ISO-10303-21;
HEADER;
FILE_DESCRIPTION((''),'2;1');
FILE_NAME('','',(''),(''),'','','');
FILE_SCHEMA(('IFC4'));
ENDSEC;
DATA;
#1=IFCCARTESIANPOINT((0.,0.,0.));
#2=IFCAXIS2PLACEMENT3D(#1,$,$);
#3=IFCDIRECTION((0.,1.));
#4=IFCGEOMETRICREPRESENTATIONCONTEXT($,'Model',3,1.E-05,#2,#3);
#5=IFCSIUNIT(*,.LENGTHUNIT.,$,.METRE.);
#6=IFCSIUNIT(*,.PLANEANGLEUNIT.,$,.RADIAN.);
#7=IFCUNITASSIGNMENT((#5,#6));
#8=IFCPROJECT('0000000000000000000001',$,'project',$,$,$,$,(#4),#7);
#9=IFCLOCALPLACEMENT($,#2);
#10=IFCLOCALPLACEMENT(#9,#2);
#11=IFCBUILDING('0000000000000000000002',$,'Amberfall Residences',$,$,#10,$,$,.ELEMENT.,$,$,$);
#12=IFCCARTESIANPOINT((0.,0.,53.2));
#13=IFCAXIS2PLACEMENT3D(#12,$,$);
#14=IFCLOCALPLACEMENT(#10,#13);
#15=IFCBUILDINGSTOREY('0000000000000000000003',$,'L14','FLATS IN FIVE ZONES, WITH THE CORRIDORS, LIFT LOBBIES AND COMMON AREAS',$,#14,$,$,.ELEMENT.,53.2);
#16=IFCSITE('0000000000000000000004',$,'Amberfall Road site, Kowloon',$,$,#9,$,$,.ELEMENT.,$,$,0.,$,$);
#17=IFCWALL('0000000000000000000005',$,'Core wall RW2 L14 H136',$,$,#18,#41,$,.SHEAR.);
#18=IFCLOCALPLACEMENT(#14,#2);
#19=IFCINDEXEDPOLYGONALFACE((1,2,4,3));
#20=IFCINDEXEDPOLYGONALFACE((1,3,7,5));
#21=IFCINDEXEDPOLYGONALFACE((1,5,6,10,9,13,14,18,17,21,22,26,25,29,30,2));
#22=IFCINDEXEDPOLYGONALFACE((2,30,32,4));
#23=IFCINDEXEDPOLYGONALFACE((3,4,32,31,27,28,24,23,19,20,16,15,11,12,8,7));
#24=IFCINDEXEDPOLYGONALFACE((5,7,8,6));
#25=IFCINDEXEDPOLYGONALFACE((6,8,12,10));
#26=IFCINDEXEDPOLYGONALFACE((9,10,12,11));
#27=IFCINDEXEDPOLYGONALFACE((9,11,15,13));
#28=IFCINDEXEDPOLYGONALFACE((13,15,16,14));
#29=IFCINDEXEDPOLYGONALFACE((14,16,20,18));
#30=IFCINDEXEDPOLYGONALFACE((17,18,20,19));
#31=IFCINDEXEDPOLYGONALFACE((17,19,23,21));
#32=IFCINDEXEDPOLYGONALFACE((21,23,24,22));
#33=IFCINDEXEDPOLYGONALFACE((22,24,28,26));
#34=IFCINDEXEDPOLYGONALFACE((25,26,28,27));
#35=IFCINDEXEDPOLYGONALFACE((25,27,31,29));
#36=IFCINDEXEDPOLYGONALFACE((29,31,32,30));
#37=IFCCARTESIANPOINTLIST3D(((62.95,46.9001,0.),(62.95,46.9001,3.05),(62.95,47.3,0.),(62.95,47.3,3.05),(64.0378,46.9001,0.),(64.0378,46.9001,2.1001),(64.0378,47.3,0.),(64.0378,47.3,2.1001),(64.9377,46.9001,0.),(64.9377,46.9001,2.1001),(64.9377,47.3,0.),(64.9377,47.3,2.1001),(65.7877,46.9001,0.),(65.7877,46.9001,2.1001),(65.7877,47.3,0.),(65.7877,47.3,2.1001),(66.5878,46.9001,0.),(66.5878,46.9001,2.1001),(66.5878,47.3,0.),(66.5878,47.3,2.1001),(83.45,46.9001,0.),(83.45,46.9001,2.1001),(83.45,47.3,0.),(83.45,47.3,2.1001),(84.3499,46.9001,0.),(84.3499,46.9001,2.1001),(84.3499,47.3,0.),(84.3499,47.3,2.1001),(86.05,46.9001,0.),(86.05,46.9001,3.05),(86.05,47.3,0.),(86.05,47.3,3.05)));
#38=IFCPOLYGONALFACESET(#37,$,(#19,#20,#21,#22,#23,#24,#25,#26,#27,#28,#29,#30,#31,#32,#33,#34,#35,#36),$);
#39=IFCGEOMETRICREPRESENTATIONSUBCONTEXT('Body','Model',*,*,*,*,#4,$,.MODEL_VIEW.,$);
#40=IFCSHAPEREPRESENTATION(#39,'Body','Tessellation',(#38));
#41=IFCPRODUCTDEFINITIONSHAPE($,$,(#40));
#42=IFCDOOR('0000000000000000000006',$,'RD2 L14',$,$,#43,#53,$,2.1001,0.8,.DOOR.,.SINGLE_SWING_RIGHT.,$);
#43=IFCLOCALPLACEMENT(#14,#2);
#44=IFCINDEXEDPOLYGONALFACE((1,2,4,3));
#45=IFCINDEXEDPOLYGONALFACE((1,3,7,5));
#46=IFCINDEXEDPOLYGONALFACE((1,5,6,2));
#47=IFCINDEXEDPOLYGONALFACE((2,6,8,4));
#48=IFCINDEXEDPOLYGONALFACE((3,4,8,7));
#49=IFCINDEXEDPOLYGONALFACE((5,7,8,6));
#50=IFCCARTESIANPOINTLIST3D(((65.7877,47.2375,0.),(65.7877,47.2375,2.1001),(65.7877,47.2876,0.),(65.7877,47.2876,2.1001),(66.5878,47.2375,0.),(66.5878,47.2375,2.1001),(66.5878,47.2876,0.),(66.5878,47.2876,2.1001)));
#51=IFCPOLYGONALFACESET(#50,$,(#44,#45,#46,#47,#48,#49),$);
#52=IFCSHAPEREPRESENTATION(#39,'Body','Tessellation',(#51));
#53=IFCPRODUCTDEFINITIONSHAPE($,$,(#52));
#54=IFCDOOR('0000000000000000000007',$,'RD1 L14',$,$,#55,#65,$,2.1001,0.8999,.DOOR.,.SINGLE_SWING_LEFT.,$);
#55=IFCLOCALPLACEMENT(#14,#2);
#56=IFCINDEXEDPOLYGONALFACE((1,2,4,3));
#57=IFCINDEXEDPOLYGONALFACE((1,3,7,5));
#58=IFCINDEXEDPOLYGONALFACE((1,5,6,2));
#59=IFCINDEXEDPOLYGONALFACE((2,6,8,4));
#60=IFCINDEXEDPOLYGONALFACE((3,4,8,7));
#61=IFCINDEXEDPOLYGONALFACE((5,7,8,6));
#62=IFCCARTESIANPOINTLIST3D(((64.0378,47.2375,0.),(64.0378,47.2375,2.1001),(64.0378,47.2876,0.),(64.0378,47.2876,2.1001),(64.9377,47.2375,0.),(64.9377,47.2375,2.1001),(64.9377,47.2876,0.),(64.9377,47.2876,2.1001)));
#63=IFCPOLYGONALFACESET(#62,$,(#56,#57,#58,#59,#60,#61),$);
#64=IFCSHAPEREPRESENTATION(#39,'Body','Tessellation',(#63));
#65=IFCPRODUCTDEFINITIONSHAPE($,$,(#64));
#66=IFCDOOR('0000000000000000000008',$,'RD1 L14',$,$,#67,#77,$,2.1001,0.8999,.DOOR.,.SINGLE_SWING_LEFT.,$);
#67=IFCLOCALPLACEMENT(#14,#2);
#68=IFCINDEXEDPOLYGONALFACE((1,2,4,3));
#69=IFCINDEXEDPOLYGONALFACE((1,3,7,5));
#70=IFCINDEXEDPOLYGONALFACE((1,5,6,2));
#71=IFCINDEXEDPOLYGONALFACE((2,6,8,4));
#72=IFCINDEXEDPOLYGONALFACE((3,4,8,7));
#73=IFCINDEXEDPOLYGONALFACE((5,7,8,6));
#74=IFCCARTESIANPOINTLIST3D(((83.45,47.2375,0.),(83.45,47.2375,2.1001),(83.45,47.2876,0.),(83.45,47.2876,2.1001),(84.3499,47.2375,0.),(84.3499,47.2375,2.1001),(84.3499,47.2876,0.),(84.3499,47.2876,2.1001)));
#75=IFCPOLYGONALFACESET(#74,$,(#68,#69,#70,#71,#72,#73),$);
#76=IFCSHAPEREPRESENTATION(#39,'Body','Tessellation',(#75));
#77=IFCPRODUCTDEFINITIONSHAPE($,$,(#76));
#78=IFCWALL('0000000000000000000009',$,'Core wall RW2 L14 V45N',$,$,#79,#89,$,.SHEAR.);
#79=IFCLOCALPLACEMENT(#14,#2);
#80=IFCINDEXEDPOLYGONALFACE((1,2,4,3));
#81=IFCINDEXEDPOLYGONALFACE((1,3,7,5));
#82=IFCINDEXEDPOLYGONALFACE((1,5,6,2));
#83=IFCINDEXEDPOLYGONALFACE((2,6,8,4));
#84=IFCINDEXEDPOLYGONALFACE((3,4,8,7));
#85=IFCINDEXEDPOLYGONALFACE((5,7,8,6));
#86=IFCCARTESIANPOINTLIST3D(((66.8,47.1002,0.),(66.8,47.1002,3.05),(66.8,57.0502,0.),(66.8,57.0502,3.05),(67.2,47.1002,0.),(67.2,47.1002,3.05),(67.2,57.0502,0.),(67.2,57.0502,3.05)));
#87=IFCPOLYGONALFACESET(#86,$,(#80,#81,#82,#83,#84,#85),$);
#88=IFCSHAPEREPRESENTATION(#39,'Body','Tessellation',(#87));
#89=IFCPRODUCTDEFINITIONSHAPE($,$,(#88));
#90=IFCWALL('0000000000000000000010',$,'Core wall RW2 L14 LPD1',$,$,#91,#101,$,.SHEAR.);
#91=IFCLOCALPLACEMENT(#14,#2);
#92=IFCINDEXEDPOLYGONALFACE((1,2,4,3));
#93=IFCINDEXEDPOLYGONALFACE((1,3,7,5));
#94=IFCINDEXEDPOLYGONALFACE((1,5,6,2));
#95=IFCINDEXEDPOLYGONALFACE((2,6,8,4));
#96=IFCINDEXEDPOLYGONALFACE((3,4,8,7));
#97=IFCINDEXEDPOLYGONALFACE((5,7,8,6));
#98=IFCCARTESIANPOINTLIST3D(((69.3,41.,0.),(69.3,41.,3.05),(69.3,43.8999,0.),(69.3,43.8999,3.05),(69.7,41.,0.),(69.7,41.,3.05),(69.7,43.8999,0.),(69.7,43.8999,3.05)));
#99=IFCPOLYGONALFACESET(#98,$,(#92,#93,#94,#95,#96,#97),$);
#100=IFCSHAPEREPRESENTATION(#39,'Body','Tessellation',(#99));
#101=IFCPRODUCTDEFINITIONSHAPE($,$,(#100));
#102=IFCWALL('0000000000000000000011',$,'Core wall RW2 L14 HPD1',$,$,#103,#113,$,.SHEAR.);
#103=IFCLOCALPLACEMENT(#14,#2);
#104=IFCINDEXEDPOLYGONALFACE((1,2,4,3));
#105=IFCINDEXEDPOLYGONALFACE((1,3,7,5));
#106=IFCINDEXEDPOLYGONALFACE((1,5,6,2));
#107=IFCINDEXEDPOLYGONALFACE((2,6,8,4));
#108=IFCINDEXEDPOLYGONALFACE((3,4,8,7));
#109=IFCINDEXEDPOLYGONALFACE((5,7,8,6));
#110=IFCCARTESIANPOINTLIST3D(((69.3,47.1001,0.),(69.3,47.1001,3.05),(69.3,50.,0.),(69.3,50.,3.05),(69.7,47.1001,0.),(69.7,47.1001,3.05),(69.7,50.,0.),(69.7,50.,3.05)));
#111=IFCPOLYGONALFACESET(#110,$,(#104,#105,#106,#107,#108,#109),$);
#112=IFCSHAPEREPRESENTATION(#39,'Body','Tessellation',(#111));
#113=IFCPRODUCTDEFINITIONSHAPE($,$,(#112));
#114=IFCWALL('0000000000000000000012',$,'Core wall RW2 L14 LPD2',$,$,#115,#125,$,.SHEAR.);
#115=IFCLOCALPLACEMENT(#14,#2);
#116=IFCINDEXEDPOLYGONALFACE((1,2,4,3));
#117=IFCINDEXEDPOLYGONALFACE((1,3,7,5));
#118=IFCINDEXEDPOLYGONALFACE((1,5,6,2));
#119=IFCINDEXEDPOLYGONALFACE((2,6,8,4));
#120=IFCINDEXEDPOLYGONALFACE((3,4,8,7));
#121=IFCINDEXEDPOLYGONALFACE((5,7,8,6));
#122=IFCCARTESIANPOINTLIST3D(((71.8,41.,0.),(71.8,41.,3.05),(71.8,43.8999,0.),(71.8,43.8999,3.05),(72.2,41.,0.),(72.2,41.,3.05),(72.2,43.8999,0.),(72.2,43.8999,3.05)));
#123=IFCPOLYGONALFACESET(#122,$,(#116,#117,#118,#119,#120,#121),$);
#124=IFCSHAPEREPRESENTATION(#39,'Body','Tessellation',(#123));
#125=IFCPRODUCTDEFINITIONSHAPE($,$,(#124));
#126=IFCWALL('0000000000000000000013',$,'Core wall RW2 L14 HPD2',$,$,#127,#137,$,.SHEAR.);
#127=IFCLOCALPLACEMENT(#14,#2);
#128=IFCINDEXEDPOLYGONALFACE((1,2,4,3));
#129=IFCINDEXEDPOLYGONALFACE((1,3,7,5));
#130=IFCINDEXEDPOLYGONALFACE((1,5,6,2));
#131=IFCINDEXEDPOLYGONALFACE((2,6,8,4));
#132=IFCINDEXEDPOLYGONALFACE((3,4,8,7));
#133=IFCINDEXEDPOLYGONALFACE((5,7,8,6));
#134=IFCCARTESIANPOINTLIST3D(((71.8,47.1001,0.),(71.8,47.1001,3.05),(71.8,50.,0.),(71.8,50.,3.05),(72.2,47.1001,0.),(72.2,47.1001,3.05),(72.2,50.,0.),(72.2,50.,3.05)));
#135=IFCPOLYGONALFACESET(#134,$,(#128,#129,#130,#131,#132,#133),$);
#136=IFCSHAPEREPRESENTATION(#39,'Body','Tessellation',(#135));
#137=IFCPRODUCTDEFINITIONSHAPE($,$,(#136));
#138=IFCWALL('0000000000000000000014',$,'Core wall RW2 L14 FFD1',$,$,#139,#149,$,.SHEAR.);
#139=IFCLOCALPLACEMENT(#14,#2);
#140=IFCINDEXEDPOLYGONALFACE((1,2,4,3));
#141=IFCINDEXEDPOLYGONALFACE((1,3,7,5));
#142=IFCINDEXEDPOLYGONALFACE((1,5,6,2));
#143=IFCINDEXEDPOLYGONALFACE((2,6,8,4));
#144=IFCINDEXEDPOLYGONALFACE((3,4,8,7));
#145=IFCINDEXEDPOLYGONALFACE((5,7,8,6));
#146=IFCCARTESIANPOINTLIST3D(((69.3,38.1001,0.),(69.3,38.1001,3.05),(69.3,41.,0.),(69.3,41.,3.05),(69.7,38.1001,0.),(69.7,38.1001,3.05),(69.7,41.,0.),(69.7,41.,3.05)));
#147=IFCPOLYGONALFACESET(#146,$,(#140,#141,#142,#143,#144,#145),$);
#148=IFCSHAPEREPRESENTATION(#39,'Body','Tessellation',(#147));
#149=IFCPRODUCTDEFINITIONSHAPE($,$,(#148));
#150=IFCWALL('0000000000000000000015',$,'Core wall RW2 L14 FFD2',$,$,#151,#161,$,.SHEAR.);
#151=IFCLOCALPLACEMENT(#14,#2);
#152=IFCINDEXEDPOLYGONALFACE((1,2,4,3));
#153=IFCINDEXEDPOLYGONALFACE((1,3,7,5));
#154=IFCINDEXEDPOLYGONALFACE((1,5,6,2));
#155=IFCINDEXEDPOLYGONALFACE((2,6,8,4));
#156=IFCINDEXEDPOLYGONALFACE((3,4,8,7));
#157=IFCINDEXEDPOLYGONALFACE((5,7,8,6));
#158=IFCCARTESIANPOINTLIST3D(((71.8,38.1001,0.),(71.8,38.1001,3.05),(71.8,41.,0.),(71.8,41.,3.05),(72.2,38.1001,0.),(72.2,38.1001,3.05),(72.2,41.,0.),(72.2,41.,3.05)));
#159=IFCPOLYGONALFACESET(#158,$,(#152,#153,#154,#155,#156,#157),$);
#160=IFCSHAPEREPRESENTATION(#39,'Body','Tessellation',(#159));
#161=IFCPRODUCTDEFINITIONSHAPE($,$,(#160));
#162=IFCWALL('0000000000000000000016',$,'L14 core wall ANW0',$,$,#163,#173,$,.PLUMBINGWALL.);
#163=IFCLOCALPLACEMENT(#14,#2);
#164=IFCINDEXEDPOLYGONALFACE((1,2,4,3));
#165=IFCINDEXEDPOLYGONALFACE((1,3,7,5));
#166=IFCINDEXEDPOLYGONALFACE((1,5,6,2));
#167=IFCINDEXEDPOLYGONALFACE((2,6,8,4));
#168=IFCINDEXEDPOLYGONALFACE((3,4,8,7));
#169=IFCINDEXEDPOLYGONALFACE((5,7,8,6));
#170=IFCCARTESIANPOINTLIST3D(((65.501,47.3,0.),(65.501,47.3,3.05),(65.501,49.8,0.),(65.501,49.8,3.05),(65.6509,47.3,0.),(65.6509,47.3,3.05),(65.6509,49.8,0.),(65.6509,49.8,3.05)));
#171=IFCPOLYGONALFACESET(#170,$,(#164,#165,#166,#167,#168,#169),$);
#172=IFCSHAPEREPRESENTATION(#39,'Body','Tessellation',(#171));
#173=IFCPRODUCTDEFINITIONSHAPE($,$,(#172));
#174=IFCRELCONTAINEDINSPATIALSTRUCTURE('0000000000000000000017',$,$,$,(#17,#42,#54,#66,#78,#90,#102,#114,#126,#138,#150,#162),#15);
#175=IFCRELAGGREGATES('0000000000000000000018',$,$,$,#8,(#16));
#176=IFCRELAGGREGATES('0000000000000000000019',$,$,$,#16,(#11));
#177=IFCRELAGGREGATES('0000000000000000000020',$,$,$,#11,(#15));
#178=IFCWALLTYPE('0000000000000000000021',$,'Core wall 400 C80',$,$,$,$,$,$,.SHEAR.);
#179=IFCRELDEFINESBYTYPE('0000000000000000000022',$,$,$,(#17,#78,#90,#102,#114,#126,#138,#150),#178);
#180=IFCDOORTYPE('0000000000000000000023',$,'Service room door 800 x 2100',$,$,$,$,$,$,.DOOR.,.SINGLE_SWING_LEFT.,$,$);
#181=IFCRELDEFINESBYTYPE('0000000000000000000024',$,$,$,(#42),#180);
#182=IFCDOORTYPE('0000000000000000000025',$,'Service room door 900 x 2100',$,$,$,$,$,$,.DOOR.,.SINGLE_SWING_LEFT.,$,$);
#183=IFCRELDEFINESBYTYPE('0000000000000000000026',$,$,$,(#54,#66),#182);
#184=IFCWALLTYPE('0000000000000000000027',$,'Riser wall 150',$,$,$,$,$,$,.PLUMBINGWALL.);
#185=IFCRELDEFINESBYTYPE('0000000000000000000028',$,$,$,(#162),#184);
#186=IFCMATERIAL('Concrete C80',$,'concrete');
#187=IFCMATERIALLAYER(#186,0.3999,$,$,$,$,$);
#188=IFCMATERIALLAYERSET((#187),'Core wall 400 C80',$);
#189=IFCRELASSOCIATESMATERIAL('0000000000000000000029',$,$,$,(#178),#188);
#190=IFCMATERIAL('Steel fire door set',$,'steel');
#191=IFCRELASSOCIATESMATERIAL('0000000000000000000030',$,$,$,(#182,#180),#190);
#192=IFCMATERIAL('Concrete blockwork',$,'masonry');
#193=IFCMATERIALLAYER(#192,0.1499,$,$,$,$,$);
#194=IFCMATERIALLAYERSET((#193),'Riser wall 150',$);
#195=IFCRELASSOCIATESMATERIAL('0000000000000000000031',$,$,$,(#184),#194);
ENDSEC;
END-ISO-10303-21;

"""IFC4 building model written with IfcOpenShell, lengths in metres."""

from ifc_helpers import new_model, si_unit, direction, frame, frame_2d, origin, place, context, subcontext, project, spatial, rectangle, extrude, material, layer, layer_set, type_object, element, fill, save


model = new_model("IFC4")

# Units and contexts
model_context = context("Model", 3, precision=1e-05, world=origin(), true_north=direction((0.0, 1.0)))
body_context = subcontext(model_context, "Body", "Model", "MODEL_VIEW")
ifc_project = project(units=[si_unit("LENGTHUNIT", "METRE"), si_unit("PLANEANGLEUNIT", "RADIAN")], contexts=[model_context])

# Site, building, storey
site_placement = place(None, origin())
site = spatial("IfcSite", under=ifc_project, at=site_placement, Name="Amberfall Road site, Kowloon", CompositionType="ELEMENT", RefElevation=0.0)
building_placement = place(site_placement, origin())
building = spatial("IfcBuilding", under=site, at=building_placement, Name="Amberfall Residences", CompositionType="ELEMENT")
storey_placement = place(building_placement, frame((0.0, 0.0, 53.2)))
storey = spatial("IfcBuildingStorey", under=building, at=storey_placement, Name="L14", Description="FLATS IN FIVE ZONES, WITH THE CORRIDORS, LIFT LOBBIES AND COMMON AREAS", CompositionType="ELEMENT", Elevation=53.2)

# Shared definitions
ifc_material_1 = material(Name="Concrete C80", Category="concrete")
ifc_layer_1 = layer(ifc_material_1, 0.3999)
ifc_layer_set_1 = layer_set([ifc_layer_1], Name="Core wall 400 C80")
wall_type_1 = type_object("IfcWallType", Name="Core wall 400 C80", PredefinedType="SHEAR", material=ifc_layer_set_1)

# Wall, openings, doors
ifc_material_2 = material(Name="Steel fire door set", Category="steel")
door_type_1 = type_object("IfcDoorType", Name="Service room door 900 x 2100", OperationType="SINGLE_SWING_LEFT", PredefinedType="DOOR", material=ifc_material_2)
wall_1_placement = place(storey_placement, frame((62.95, 47.1001, 0.0), z_axis=(0.0, 0.0, 1.0), x_axis=(1.0, 0.0, 0.0)))
wall_1 = element("IfcWall", 1, at=wall_1_placement, inside=storey, type_object=wall_type_1, Name="Core wall RW2 L14 H136", PredefinedType="SHEAR", context=body_context, shape_type="SweptSolid", body=[
    extrude(rectangle(XDim=23.1001, YDim=0.3999, at=frame_2d((11.55, 0.0))), origin(), (0.0, 0.0, 1.0), 3.05),
])
opening_1_placement = place(wall_1_placement, frame((1.0879, 0.0, 0.0)))
opening_1 = element("IfcOpeningElement", 2, at=opening_1_placement, cuts=wall_1, PredefinedType="OPENING", context=body_context, shape_type="SweptSolid", body=[
    extrude(rectangle(XDim=0.8999, YDim=2.1001, at=frame_2d((0.45, 1.05))), frame((0.0, 0.21, 0.0), z_axis=(0.0, -1.0, 0.0), x_axis=(1.0, 0.0, 0.0)), (0.0, 0.0, 1.0), 0.4199),
])
opening_2_placement = place(wall_1_placement, frame((2.8379, 0.0, 0.0)))
opening_2 = element("IfcOpeningElement", 3, at=opening_2_placement, cuts=wall_1, PredefinedType="OPENING", context=body_context, shape_type="SweptSolid", body=[
    extrude(rectangle(XDim=0.8, YDim=2.1001, at=frame_2d((0.3999, 1.05))), frame((0.0, 0.21, 0.0), z_axis=(0.0, -1.0, 0.0), x_axis=(1.0, 0.0, 0.0)), (0.0, 0.0, 1.0), 0.4199),
])
opening_3_placement = place(wall_1_placement, frame((20.5, 0.0, 0.0)))
opening_3 = element("IfcOpeningElement", 4, at=opening_3_placement, cuts=wall_1, PredefinedType="OPENING", context=body_context, shape_type="SweptSolid", body=[
    extrude(rectangle(XDim=0.8999, YDim=2.1001, at=frame_2d((0.45, 1.05))), frame((0.0, 0.21, 0.0), z_axis=(0.0, -1.0, 0.0), x_axis=(1.0, 0.0, 0.0)), (0.0, 0.0, 1.0), 0.4199),
])
door_type_2 = type_object("IfcDoorType", Name="Service room door 800 x 2100", OperationType="SINGLE_SWING_LEFT", PredefinedType="DOOR", material=ifc_material_2)
door_1_placement = place(opening_2_placement, origin())
door_1 = element("IfcDoor", 5, at=door_1_placement, inside=storey, type_object=door_type_2, Name="RD2 L14", OperationType="SINGLE_SWING_RIGHT", OverallHeight=2.1001, OverallWidth=0.8, PredefinedType="DOOR", context=body_context, shape_type="SweptSolid", body=[
    extrude(rectangle(XDim=0.8, YDim=2.1001, at=frame_2d((0.3999, 1.05))), frame((0.0, 0.1875, 0.0), z_axis=(0.0, -1.0, 0.0), x_axis=(1.0, 0.0, 0.0)), (0.0, 0.0, 1.0), 0.05),
])
fill(opening_2, door_1)
door_2_placement = place(opening_1_placement, origin())
door_2 = element("IfcDoor", 6, at=door_2_placement, inside=storey, type_object=door_type_1, Name="RD1 L14", OperationType="SINGLE_SWING_LEFT", OverallHeight=2.1001, OverallWidth=0.8999, PredefinedType="DOOR", context=body_context, shape_type="SweptSolid", body=[
    extrude(rectangle(XDim=0.8999, YDim=2.1001, at=frame_2d((0.45, 1.05))), frame((0.0, 0.1875, 0.0), z_axis=(0.0, -1.0, 0.0), x_axis=(1.0, 0.0, 0.0)), (0.0, 0.0, 1.0), 0.05),
])
fill(opening_1, door_2)
door_3_placement = place(opening_3_placement, origin())
door_3 = element("IfcDoor", 7, at=door_3_placement, inside=storey, type_object=door_type_1, Name="RD1 L14", OperationType="SINGLE_SWING_LEFT", OverallHeight=2.1001, OverallWidth=0.8999, PredefinedType="DOOR", context=body_context, shape_type="SweptSolid", body=[
    extrude(rectangle(XDim=0.8999, YDim=2.1001, at=frame_2d((0.45, 1.05))), frame((0.0, 0.1875, 0.0), z_axis=(0.0, -1.0, 0.0), x_axis=(1.0, 0.0, 0.0)), (0.0, 0.0, 1.0), 0.05),
])
fill(opening_3, door_3)

# Walls
wall_2_placement = place(storey_placement, frame((67.0, 47.1001, 0.0), z_axis=(0.0, 0.0, 1.0), x_axis=(0.0, 1.0, 0.0)))
element("IfcWall", 8, at=wall_2_placement, inside=storey, type_object=wall_type_1, Name="Core wall RW2 L14 V45N", PredefinedType="SHEAR", context=body_context, shape_type="SweptSolid", body=[
    extrude(rectangle(XDim=9.95, YDim=0.3999, at=frame_2d((4.9751, 0.0))), origin(), (0.0, 0.0, 1.0), 3.05),
])
for number, where, z_axis, x_axis, name in (
    (9, (69.5, 41.0, 0.0), (0.0, 0.0, 1.0), (0.0, 1.0, 0.0), "Core wall RW2 L14 LPD1"),
    (10, (69.5, 47.1001, 0.0), (0.0, 0.0, 1.0), (0.0, 1.0, 0.0), "Core wall RW2 L14 HPD1"),
    (11, (72.0, 41.0, 0.0), (0.0, 0.0, 1.0), (0.0, 1.0, 0.0), "Core wall RW2 L14 LPD2"),
    (12, (72.0, 47.1001, 0.0), (0.0, 0.0, 1.0), (0.0, 1.0, 0.0), "Core wall RW2 L14 HPD2"),
    (13, (69.5, 38.1001, 0.0), (0.0, 0.0, 1.0), (0.0, 1.0, 0.0), "Core wall RW2 L14 FFD1"),
    (14, (72.0, 38.1001, 0.0), (0.0, 0.0, 1.0), (0.0, 1.0, 0.0), "Core wall RW2 L14 FFD2"),
):
    element("IfcWall", number, at=place(storey_placement, frame(where, z_axis=z_axis, x_axis=x_axis)), inside=storey, type_object=wall_type_1, Name=name, PredefinedType="SHEAR", context=body_context, shape_type="SweptSolid", body=[
        extrude(rectangle(XDim=2.8999, YDim=0.3999, at=frame_2d((1.45, 0.0))), origin(), (0.0, 0.0, 1.0), 3.05),
    ])
ifc_material_3 = material(Name="Concrete blockwork", Category="masonry")
ifc_layer_2 = layer(ifc_material_3, 0.1499)
ifc_layer_set_2 = layer_set([ifc_layer_2], Name="Riser wall 150")
wall_type_2 = type_object("IfcWallType", Name="Riser wall 150", PredefinedType="PLUMBINGWALL", material=ifc_layer_set_2)
wall_3_placement = place(storey_placement, frame((65.5759, 47.3, 0.0), z_axis=(0.0, 0.0, 1.0), x_axis=(0.0, 1.0, 0.0)))
element("IfcWall", 15, at=wall_3_placement, inside=storey, type_object=wall_type_2, Name="L14 core wall ANW0", PredefinedType="PLUMBINGWALL", context=body_context, shape_type="SweptSolid", body=[
    extrude(rectangle(XDim=2.5, YDim=0.1499, at=frame_2d((1.25, 0.0))), origin(), (0.0, 0.0, 1.0), 3.05),
])

save(model, "model.ifc")
